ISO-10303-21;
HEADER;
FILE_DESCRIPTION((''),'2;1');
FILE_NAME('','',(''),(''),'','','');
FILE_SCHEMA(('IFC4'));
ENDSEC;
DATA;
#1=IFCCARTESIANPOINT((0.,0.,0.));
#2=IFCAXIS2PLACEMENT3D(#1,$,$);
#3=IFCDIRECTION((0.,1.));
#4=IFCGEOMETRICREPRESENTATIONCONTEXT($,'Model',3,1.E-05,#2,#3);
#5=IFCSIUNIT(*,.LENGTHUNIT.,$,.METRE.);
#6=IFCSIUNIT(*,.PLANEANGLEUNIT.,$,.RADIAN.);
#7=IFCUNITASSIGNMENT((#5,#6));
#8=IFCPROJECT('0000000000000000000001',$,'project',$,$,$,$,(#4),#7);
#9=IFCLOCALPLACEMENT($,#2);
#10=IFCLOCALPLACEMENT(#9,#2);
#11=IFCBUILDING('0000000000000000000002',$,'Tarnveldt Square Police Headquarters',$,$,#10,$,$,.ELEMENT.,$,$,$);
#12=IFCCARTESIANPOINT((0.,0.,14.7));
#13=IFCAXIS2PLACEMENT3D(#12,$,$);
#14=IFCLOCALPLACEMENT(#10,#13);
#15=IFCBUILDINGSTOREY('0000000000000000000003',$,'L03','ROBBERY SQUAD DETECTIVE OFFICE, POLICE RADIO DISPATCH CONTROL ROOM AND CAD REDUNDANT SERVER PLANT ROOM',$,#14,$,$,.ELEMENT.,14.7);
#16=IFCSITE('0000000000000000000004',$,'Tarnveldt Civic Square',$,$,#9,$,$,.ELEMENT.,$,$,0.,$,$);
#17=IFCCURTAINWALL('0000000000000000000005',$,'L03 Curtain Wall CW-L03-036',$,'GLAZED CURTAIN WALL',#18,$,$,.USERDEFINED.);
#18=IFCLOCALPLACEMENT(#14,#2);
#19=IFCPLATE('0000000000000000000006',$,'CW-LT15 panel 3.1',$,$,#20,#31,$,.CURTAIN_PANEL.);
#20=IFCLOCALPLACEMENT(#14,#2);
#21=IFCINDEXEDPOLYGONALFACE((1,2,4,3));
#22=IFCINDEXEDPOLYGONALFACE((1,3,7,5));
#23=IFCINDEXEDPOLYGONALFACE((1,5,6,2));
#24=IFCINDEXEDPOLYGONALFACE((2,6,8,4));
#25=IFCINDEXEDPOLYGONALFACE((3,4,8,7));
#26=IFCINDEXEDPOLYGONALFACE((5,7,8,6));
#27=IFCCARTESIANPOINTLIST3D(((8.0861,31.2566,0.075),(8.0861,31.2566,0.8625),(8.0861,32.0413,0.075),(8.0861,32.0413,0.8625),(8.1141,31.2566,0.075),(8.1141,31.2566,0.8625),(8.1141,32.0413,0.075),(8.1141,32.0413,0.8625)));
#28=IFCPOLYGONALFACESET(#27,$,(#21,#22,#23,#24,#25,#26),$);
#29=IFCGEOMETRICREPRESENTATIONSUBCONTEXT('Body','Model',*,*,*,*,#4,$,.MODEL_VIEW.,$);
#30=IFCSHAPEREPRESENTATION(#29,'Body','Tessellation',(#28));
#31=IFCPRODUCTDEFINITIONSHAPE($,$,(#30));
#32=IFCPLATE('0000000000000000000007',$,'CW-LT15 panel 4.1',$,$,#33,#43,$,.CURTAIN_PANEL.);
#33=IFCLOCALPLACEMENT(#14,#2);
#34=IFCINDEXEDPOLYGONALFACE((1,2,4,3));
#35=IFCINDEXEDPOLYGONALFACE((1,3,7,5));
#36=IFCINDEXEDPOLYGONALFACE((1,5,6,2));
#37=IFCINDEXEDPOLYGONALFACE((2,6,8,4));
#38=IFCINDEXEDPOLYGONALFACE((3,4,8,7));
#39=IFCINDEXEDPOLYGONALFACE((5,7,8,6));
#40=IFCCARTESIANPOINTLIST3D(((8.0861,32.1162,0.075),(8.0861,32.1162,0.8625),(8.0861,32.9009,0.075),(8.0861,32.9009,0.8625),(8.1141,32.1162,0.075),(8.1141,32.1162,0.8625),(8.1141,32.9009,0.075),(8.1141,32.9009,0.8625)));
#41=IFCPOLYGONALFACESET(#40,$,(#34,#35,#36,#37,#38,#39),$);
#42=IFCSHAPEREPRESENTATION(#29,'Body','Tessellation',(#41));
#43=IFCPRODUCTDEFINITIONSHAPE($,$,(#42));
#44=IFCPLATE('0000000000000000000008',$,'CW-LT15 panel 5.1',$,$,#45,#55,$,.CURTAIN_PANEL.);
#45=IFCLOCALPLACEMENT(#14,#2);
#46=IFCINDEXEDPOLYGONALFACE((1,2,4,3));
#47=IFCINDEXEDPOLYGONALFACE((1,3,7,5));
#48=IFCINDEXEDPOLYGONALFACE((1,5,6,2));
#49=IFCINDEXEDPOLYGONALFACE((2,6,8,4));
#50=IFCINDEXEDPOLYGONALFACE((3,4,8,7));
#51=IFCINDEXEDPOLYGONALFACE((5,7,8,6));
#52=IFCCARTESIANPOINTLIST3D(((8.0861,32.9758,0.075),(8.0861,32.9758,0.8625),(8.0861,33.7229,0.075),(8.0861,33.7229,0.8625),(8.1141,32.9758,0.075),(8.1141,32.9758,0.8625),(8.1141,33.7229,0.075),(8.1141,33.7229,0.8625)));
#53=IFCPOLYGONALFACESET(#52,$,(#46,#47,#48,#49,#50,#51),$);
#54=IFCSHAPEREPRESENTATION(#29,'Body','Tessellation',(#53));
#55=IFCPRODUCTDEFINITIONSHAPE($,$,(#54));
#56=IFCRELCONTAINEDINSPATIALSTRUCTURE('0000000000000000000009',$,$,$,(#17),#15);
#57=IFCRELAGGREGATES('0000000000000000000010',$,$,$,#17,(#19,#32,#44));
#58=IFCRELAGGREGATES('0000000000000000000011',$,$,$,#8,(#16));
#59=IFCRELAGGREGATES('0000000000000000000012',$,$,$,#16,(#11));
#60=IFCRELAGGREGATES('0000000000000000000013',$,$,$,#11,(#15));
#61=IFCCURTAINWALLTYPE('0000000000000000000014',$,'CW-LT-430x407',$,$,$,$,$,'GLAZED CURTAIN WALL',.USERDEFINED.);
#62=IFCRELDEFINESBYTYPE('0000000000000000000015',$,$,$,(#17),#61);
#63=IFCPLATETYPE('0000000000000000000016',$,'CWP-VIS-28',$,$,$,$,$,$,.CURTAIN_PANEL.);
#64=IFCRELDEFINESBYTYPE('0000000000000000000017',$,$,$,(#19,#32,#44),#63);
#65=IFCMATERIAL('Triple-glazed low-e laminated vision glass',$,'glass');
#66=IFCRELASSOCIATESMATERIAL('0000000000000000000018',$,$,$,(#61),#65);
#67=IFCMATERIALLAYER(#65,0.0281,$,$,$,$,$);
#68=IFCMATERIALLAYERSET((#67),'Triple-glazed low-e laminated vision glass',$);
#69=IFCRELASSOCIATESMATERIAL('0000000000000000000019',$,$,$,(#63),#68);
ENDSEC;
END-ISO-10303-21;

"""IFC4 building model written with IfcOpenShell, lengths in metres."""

from ifc_helpers import new_model, si_unit, direction, frame, origin, origin_2d, place, context, subcontext, project, spatial, rectangle, extrude, material, layer, layer_set, type_object, element, aggregate, save


model = new_model("IFC4")

# Units and contexts
model_context = context("Model", 3, precision=1e-05, world=origin(), true_north=direction((0.0, 1.0)))
body_context = subcontext(model_context, "Body", "Model", "MODEL_VIEW")
ifc_project = project(units=[si_unit("LENGTHUNIT", "METRE"), si_unit("PLANEANGLEUNIT", "RADIAN")], contexts=[model_context])

# Site, building, storey
site_placement = place(None, origin())
site = spatial("IfcSite", under=ifc_project, at=site_placement, Name="Tarnveldt Civic Square", CompositionType="ELEMENT", RefElevation=0.0)
building_placement = place(site_placement, origin())
building = spatial("IfcBuilding", under=site, at=building_placement, Name="Tarnveldt Square Police Headquarters", CompositionType="ELEMENT")
storey_placement = place(building_placement, frame((0.0, 0.0, 14.7)))
storey = spatial("IfcBuildingStorey", under=building, at=storey_placement, Name="L03", Description="ROBBERY SQUAD DETECTIVE OFFICE, POLICE RADIO DISPATCH CONTROL ROOM AND CAD REDUNDANT SERVER PLANT ROOM", CompositionType="ELEMENT", Elevation=14.7)

# Curtain wall
ifc_material_1 = material(Name="Triple-glazed low-e laminated vision glass", Category="glass")
curtain_wall_type_1 = type_object("IfcCurtainWallType", Name="CW-LT-430x407", ElementType="GLAZED CURTAIN WALL", PredefinedType="USERDEFINED", material=ifc_material_1)
curtain_wall_1_placement = place(storey_placement, origin())
curtain_wall_1 = element("IfcCurtainWall", 1, at=curtain_wall_1_placement, inside=storey, type_object=curtain_wall_type_1, Name="L03 Curtain Wall CW-L03-036", ObjectType="GLAZED CURTAIN WALL", PredefinedType="USERDEFINED")

# Plates
ifc_layer = layer(ifc_material_1, 0.0281)
ifc_layer_set = layer_set([ifc_layer], Name="Triple-glazed low-e laminated vision glass")
plate_type = type_object("IfcPlateType", Name="CWP-VIS-28", PredefinedType="CURTAIN_PANEL", material=ifc_layer_set)
plate_1_placement = place(storey_placement, frame((8.1001, 31.6489, 0.075), z_axis=(0.0, 0.0, 1.0), x_axis=(0.0, 1.0, 0.0)))
plate_1 = element("IfcPlate", 2, at=plate_1_placement, type_object=plate_type, Name="CW-LT15 panel 3.1", PredefinedType="CURTAIN_PANEL", context=body_context, shape_type="SweptSolid", body=[
    extrude(rectangle(XDim=0.7847, YDim=0.0281, at=origin_2d()), origin(), (0.0, 0.0, 1.0), 0.7876),
])
plate_2_placement = place(storey_placement, frame((8.1001, 32.5085, 0.075), z_axis=(0.0, 0.0, 1.0), x_axis=(0.0, 1.0, 0.0)))
plate_2 = element("IfcPlate", 3, at=plate_2_placement, type_object=plate_type, Name="CW-LT15 panel 4.1", PredefinedType="CURTAIN_PANEL", context=body_context, shape_type="SweptSolid", body=[
    extrude(rectangle(XDim=0.7847, YDim=0.0281, at=origin_2d()), origin(), (0.0, 0.0, 1.0), 0.7876),
])
plate_3_placement = place(storey_placement, frame((8.1001, 33.3494, 0.075), z_axis=(0.0, 0.0, 1.0), x_axis=(0.0, 1.0, 0.0)))
plate_3 = element("IfcPlate", 4, at=plate_3_placement, type_object=plate_type, Name="CW-LT15 panel 5.1", PredefinedType="CURTAIN_PANEL", context=body_context, shape_type="SweptSolid", body=[
    extrude(rectangle(XDim=0.7471, YDim=0.0281, at=origin_2d()), origin(), (0.0, 0.0, 1.0), 0.7876),
])
aggregate(curtain_wall_1, [plate_1, plate_2, plate_3])

save(model, "model.ifc")
